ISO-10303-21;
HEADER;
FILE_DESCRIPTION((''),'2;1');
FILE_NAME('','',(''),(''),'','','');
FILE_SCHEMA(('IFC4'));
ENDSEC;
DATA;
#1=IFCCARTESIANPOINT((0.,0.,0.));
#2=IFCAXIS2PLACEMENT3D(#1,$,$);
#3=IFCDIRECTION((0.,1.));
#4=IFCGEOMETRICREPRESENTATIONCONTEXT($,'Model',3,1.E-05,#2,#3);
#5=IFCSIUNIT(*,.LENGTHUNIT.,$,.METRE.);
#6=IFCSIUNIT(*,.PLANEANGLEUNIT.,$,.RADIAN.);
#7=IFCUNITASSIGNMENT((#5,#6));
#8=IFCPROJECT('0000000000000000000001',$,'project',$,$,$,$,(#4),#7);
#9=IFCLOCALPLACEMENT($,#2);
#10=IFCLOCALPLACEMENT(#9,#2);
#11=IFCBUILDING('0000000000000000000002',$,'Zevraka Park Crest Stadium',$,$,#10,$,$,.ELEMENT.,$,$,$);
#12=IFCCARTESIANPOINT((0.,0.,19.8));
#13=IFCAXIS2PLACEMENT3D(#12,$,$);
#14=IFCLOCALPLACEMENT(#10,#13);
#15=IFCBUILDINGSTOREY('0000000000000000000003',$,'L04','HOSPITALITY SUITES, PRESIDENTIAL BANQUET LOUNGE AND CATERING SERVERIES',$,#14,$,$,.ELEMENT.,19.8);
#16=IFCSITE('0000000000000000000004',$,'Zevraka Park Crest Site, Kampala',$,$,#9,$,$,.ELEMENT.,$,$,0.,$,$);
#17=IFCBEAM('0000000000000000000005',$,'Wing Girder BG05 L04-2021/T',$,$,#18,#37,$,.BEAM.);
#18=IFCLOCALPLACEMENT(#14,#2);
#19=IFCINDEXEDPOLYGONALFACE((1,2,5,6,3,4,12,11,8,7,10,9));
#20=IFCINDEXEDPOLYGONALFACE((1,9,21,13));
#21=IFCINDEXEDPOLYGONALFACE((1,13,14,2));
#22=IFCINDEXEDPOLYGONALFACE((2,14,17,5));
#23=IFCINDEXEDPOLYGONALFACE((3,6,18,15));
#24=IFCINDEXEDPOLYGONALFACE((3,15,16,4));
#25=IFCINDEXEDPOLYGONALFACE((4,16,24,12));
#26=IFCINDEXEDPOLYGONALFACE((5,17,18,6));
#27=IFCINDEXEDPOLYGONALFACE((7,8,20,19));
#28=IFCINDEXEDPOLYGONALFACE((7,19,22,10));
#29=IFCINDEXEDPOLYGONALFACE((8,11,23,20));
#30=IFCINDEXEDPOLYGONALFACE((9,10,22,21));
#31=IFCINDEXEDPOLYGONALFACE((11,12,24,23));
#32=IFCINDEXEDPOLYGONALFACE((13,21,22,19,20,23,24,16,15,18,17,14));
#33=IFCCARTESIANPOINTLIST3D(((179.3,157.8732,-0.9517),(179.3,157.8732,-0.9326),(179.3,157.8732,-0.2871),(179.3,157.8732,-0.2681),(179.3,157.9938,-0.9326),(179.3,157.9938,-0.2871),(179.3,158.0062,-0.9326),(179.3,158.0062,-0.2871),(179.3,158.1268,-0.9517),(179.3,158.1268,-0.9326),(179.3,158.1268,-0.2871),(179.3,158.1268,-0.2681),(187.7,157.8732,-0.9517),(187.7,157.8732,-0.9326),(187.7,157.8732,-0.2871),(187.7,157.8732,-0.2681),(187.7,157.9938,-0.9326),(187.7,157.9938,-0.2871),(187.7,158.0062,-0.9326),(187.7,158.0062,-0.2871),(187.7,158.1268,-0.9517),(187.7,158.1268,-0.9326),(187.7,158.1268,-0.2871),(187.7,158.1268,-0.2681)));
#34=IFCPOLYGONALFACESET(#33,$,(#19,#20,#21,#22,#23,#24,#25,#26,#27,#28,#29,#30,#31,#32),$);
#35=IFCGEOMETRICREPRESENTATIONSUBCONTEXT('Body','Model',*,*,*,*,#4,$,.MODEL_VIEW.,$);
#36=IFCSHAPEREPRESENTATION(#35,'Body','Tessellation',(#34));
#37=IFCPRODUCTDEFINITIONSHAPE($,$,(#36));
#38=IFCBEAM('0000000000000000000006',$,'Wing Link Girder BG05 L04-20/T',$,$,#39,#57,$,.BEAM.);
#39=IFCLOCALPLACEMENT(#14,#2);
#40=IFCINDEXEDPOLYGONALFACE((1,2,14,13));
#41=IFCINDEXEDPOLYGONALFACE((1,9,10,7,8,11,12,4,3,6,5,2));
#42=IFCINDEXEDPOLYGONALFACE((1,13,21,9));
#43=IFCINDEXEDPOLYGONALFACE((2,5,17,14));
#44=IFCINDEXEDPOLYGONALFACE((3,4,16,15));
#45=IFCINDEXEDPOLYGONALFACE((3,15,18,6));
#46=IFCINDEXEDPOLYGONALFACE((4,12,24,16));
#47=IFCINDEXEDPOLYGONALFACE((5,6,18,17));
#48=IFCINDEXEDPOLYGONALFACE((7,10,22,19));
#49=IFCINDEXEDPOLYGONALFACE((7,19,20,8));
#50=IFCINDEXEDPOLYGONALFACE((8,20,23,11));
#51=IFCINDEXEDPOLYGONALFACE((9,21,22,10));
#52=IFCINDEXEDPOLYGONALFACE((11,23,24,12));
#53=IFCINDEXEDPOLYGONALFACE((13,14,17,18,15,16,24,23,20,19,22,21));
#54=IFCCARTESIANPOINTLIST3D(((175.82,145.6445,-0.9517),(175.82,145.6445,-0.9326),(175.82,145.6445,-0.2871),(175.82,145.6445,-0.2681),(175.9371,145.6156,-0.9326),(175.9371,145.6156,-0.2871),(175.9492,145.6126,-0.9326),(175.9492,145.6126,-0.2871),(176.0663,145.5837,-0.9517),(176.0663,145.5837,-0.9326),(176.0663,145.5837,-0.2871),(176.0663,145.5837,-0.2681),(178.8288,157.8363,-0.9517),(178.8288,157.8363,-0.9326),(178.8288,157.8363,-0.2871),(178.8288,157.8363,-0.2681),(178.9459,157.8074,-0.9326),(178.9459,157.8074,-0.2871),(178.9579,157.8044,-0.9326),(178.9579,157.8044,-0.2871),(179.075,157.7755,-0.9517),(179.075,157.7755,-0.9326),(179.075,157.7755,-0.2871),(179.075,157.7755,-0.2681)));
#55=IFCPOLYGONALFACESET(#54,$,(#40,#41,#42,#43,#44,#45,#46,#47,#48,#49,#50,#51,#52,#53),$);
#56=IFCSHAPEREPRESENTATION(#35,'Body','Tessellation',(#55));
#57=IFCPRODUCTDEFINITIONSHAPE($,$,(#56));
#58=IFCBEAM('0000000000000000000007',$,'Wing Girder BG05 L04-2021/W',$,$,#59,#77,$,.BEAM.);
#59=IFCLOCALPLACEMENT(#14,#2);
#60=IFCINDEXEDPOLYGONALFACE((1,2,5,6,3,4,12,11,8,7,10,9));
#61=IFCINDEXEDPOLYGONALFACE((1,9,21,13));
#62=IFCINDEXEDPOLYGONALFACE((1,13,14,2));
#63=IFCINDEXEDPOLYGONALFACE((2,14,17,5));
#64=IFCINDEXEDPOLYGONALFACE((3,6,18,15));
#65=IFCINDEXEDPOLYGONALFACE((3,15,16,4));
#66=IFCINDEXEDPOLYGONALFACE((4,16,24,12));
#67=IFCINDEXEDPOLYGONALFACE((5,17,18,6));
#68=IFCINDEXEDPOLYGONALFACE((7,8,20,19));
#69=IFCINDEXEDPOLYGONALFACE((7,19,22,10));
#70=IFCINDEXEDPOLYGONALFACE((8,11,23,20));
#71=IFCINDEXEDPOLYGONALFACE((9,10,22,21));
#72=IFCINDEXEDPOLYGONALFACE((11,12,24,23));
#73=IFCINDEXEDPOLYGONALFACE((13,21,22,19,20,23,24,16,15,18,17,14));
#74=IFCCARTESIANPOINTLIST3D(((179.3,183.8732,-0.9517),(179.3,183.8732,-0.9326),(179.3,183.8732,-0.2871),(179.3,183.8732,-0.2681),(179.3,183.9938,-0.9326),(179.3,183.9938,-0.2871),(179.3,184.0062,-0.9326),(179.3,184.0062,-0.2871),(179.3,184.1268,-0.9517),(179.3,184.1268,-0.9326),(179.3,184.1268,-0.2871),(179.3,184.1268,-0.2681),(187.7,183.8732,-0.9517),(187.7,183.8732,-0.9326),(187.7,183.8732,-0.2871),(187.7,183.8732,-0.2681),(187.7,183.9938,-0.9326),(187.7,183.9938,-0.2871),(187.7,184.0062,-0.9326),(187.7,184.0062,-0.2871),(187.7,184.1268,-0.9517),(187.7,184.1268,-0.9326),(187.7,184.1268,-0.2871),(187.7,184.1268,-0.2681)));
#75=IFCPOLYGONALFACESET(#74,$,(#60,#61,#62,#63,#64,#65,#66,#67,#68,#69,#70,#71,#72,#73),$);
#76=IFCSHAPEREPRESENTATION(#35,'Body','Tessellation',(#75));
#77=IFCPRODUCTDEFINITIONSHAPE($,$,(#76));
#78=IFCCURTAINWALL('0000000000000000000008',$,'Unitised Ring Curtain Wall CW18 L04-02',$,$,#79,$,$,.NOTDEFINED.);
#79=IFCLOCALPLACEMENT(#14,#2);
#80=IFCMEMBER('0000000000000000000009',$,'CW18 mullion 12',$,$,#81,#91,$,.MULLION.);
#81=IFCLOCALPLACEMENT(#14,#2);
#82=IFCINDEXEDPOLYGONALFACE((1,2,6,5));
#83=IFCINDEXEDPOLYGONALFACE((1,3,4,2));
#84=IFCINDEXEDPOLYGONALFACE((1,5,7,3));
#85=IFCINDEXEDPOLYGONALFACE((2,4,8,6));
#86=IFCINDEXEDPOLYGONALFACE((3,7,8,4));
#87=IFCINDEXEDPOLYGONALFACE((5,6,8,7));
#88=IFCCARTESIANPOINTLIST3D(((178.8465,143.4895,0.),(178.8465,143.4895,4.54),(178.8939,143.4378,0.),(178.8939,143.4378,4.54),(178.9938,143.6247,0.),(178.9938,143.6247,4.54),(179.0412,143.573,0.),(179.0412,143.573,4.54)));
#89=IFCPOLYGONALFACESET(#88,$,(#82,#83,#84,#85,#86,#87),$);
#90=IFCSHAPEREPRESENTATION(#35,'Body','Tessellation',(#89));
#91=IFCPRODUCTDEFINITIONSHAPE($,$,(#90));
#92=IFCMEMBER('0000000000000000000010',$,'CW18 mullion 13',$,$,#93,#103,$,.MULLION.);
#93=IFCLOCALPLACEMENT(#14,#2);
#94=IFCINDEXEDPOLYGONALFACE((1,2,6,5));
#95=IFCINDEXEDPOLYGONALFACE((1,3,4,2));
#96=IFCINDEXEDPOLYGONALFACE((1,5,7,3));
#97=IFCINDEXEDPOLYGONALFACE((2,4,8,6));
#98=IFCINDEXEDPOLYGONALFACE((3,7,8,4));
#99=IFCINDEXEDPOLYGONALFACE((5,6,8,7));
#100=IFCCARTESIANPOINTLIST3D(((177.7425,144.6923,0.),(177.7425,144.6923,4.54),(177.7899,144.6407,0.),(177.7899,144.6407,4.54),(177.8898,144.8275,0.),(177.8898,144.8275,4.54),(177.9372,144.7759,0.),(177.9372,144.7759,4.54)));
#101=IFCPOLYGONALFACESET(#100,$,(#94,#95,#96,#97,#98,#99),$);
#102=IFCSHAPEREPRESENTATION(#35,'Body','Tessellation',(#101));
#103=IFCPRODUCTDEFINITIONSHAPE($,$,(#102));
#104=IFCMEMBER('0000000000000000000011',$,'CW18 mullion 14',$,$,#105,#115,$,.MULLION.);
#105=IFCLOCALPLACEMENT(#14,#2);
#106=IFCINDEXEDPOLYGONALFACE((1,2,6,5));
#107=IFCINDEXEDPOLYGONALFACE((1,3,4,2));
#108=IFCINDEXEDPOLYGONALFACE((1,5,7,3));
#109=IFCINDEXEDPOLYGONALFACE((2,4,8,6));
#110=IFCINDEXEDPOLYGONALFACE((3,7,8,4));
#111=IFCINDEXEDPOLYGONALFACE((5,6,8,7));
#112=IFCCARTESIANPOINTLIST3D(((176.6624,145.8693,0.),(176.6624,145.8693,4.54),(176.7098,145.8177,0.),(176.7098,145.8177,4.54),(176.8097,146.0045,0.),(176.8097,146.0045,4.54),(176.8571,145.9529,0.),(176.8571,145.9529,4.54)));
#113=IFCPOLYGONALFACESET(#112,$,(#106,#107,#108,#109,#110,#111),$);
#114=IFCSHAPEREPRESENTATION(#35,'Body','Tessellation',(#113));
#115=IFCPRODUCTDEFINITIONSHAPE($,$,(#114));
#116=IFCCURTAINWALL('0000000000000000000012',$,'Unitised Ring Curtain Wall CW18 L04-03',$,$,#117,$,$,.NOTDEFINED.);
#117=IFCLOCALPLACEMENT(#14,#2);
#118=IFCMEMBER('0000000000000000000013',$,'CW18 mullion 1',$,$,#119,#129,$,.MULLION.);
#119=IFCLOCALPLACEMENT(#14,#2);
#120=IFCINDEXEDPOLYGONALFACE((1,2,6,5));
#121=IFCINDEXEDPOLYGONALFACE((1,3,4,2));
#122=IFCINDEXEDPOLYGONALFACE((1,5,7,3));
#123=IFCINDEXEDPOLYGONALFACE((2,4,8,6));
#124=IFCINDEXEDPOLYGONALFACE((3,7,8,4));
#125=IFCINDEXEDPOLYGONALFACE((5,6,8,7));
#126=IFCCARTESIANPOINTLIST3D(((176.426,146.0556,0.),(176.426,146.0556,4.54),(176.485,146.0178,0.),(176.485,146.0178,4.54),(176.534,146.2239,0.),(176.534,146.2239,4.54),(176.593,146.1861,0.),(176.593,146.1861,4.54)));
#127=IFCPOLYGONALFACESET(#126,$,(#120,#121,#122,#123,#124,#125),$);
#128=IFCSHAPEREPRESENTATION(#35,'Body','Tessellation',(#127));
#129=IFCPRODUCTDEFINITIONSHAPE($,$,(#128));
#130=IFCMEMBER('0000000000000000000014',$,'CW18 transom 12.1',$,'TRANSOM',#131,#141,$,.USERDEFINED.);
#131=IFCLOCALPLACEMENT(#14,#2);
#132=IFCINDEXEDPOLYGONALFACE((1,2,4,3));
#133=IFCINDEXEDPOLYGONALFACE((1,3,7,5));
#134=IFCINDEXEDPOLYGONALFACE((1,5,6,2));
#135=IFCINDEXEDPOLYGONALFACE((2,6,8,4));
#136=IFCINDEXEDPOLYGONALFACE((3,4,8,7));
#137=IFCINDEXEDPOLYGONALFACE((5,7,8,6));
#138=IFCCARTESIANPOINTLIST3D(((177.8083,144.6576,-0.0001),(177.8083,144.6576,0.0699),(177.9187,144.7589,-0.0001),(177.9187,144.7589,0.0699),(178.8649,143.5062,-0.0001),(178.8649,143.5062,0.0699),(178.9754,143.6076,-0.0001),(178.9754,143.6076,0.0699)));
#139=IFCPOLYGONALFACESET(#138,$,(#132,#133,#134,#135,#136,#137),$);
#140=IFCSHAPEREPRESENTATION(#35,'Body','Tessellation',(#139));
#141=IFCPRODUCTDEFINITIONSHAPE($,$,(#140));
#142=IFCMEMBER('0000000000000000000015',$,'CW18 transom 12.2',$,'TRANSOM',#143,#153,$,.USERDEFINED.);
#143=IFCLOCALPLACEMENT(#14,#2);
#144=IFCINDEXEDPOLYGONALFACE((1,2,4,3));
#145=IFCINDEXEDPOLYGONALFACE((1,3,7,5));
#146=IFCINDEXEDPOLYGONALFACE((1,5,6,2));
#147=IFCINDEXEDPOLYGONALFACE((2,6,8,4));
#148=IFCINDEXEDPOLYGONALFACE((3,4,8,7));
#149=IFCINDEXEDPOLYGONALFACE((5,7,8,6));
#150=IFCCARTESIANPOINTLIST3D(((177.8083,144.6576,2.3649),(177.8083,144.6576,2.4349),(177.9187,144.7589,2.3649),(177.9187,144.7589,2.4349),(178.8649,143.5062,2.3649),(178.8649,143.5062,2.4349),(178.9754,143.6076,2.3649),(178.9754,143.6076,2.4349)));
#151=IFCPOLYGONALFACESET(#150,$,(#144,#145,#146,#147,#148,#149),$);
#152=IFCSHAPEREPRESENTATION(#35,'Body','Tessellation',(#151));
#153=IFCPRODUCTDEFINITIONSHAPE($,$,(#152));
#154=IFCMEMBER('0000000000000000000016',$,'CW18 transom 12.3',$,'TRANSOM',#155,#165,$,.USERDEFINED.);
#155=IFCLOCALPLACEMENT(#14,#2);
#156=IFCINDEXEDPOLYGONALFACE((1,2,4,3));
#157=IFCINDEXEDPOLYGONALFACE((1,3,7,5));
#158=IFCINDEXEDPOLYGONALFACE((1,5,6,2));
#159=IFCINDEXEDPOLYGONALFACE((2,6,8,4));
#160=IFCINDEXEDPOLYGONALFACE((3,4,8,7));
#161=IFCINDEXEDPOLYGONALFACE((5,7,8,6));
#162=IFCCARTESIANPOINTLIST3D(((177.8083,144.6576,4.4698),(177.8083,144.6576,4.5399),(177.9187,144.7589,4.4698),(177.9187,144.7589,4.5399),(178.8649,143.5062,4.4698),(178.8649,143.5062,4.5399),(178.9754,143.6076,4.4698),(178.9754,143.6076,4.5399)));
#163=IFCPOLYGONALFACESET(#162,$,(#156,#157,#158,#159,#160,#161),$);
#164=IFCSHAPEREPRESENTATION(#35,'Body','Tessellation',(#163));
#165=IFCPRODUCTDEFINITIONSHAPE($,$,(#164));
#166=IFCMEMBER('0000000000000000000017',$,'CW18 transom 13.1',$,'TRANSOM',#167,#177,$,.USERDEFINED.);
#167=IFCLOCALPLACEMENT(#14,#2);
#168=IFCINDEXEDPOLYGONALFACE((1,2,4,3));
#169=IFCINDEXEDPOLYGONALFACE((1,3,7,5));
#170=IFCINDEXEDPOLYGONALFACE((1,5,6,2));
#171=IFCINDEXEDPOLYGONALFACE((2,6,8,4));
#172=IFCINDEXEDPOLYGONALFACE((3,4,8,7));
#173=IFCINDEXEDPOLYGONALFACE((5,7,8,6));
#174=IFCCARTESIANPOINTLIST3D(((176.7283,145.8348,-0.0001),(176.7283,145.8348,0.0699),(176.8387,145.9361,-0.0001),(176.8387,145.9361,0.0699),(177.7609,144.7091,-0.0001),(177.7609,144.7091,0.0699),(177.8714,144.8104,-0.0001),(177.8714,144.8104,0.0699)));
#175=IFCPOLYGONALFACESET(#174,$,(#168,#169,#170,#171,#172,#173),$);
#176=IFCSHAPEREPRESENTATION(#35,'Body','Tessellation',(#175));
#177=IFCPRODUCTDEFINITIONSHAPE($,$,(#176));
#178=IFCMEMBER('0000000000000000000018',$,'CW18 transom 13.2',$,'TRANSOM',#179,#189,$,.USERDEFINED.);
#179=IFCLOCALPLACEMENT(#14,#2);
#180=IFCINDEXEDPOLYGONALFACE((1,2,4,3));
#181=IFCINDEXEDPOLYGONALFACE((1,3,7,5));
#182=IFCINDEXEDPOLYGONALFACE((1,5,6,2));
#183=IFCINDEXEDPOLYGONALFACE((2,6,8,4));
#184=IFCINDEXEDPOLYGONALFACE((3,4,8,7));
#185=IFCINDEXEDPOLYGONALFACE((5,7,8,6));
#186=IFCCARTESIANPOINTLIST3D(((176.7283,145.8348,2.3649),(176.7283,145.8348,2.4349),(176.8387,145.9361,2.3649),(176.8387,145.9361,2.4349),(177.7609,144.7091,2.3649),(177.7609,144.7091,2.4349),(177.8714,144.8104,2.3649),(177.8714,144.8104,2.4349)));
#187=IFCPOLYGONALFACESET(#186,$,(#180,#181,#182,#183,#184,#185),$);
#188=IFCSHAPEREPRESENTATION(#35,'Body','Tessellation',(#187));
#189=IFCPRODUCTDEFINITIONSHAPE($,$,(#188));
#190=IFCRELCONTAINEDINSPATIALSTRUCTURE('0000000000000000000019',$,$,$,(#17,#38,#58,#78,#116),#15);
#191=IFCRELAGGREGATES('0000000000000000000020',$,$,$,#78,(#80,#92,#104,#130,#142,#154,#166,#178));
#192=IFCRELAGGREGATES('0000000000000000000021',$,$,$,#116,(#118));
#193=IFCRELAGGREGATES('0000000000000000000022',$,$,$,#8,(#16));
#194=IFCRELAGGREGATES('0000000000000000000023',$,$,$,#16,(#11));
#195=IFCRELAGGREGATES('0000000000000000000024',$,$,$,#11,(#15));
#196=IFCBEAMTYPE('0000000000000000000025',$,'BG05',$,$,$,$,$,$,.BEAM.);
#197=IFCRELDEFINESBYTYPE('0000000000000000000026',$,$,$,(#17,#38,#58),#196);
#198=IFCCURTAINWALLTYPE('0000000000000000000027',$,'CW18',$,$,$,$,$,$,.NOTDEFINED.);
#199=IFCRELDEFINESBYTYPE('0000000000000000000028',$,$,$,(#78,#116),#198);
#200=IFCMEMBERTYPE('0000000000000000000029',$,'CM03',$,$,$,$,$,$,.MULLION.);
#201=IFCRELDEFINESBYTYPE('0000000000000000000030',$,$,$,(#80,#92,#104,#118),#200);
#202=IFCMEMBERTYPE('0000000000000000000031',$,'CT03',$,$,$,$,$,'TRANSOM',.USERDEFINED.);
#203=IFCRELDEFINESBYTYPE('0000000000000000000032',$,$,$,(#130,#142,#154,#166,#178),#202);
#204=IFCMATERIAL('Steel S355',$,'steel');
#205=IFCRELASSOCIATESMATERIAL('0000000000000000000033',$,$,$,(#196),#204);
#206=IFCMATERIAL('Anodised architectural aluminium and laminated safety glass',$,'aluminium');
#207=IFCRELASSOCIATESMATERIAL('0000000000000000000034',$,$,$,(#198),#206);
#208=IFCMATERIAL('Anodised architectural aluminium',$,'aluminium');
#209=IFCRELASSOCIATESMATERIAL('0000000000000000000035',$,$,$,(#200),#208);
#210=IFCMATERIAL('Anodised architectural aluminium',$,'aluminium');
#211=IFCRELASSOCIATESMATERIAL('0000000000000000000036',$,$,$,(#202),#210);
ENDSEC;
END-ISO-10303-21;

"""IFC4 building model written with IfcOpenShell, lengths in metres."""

from ifc_helpers import new_model, si_unit, direction, frame, origin, origin_2d, place, context, subcontext, project, spatial, rectangle, i_section, extrude, material, material_profile, profile_set, type_object, element, aggregate, save


model = new_model("IFC4")

# Units and contexts
model_context = context("Model", 3, precision=1e-05, world=origin(), true_north=direction((0.0, 1.0)))
body_context = subcontext(model_context, "Body", "Model", "MODEL_VIEW")
ifc_project = project(units=[si_unit("LENGTHUNIT", "METRE"), si_unit("PLANEANGLEUNIT", "RADIAN")], contexts=[model_context])

# Site, building, storey
site_placement = place(None, origin())
site = spatial("IfcSite", under=ifc_project, at=site_placement, Name="Zevraka Park Crest Site, Kampala", CompositionType="ELEMENT", RefElevation=0.0)
building_placement = place(site_placement, origin())
building = spatial("IfcBuilding", under=site, at=building_placement, Name="Zevraka Park Crest Stadium", CompositionType="ELEMENT")
storey_placement = place(building_placement, frame((0.0, 0.0, 19.8)))
storey = spatial("IfcBuildingStorey", under=building, at=storey_placement, Name="L04", Description="HOSPITALITY SUITES, PRESIDENTIAL BANQUET LOUNGE AND CATERING SERVERIES", CompositionType="ELEMENT", Elevation=19.8)

# Beams
ifc_material_1 = material(Name="Steel S355", Category="steel")
ifc_material_profile_1 = material_profile(ifc_material_1, i_section(OverallWidth=0.2537, OverallDepth=0.6836, WebThickness=0.0125, FlangeThickness=0.019, at=origin_2d()), Name="UKB 686x254x140")
ifc_profile_set_1 = profile_set([ifc_material_profile_1], Name="Steel S355")
beam_type = type_object("IfcBeamType", Name="BG05", PredefinedType="BEAM", material=ifc_profile_set_1)
beam_1_placement = place(storey_placement, frame((179.3, 158.0, -0.6099), z_axis=(1.0, 0.0, 0.0), x_axis=(0.0, 1.0, 0.0)))
element("IfcBeam", 1, at=beam_1_placement, inside=storey, type_object=beam_type, Name="Wing Girder BG05 L04-2021/T", PredefinedType="BEAM", context=body_context, shape_type="SweptSolid", body=[
    extrude(i_section(OverallWidth=0.2537, OverallDepth=0.6836, WebThickness=0.0125, FlangeThickness=0.019, at=origin_2d()), origin(), (0.0, 0.0, 1.0), 8.3999),
])
beam_2_placement = place(storey_placement, frame((178.9519, 157.8059, -0.6099), z_axis=(-0.239598, -0.970872, 0.0), x_axis=(0.970872, -0.239598, 0.0)))
element("IfcBeam", 2, at=beam_2_placement, inside=storey, type_object=beam_type, Name="Wing Link Girder BG05 L04-20/T", PredefinedType="BEAM", context=body_context, shape_type="SweptSolid", body=[
    extrude(i_section(OverallWidth=0.2537, OverallDepth=0.6836, WebThickness=0.0125, FlangeThickness=0.019, at=origin_2d()), origin(), (0.0, 0.0, 1.0), 12.5576),
])
beam_3_placement = place(storey_placement, frame((179.3, 184.0, -0.6099), z_axis=(1.0, 0.0, 0.0), x_axis=(0.0, 1.0, 0.0)))
element("IfcBeam", 3, at=beam_3_placement, inside=storey, type_object=beam_type, Name="Wing Girder BG05 L04-2021/W", PredefinedType="BEAM", context=body_context, shape_type="SweptSolid", body=[
    extrude(i_section(OverallWidth=0.2537, OverallDepth=0.6836, WebThickness=0.0125, FlangeThickness=0.019, at=origin_2d()), origin(), (0.0, 0.0, 1.0), 8.3999),
])

# Curtain wall, members
ifc_material_2 = material(Name="Anodised architectural aluminium and laminated safety glass", Category="aluminium")
curtain_wall_type = type_object("IfcCurtainWallType", Name="CW18", PredefinedType="NOTDEFINED", material=ifc_material_2)
curtain_wall_1_placement = place(storey_placement, origin())
curtain_wall_1 = element("IfcCurtainWall", 4, at=curtain_wall_1_placement, inside=storey, type_object=curtain_wall_type, Name="Unitised Ring Curtain Wall CW18 L04-02", PredefinedType="NOTDEFINED")
ifc_material_3 = material(Name="Anodised architectural aluminium", Category="aluminium")
ifc_material_profile_2 = material_profile(ifc_material_3, rectangle(XDim=0.2, YDim=0.0701, at=origin_2d()), Name="ALU MULLION 200x70")
ifc_profile_set_2 = profile_set([ifc_material_profile_2], Name="Anodised architectural aluminium")
member_type_1 = type_object("IfcMemberType", Name="CM03", PredefinedType="MULLION", material=ifc_profile_set_2)
member_1_placement = place(storey_placement, frame((178.9438, 143.5312, 0.0), z_axis=(0.0, 0.0, 1.0), x_axis=(-0.736775, -0.676138, 0.0)))
member_1 = element("IfcMember", 5, at=member_1_placement, type_object=member_type_1, Name="CW18 mullion 12", PredefinedType="MULLION", context=body_context, shape_type="SweptSolid", body=[
    extrude(rectangle(XDim=0.2, YDim=0.0701, at=origin_2d()), origin(), (0.0, 0.0, 1.0), 4.54),
])
member_2_placement = place(storey_placement, frame((177.8398, 144.7341, 0.0), z_axis=(0.0, 0.0, 1.0), x_axis=(-0.736775, -0.676138, 0.0)))
member_2 = element("IfcMember", 6, at=member_2_placement, type_object=member_type_1, Name="CW18 mullion 13", PredefinedType="MULLION", context=body_context, shape_type="SweptSolid", body=[
    extrude(rectangle(XDim=0.2, YDim=0.0701, at=origin_2d()), origin(), (0.0, 0.0, 1.0), 4.54),
])
member_3_placement = place(storey_placement, frame((176.7598, 145.9111, 0.0), z_axis=(0.0, 0.0, 1.0), x_axis=(-0.736775, -0.676138, 0.0)))
member_3 = element("IfcMember", 7, at=member_3_placement, type_object=member_type_1, Name="CW18 mullion 14", PredefinedType="MULLION", context=body_context, shape_type="SweptSolid", body=[
    extrude(rectangle(XDim=0.2, YDim=0.0701, at=origin_2d()), origin(), (0.0, 0.0, 1.0), 4.54),
])

# Curtain wall, member
curtain_wall_2_placement = place(storey_placement, origin())
curtain_wall_2 = element("IfcCurtainWall", 8, at=curtain_wall_2_placement, inside=storey, type_object=curtain_wall_type, Name="Unitised Ring Curtain Wall CW18 L04-03", PredefinedType="NOTDEFINED")
member_4_placement = place(storey_placement, frame((176.5095, 146.1208, 0.0), z_axis=(0.0, 0.0, 1.0), x_axis=(-0.53998, -0.841678, 0.0)))
member_4 = element("IfcMember", 9, at=member_4_placement, type_object=member_type_1, Name="CW18 mullion 1", PredefinedType="MULLION", context=body_context, shape_type="SweptSolid", body=[
    extrude(rectangle(XDim=0.2, YDim=0.0701, at=origin_2d()), origin(), (0.0, 0.0, 1.0), 4.54),
])

# Members
ifc_material_4 = material(Name="Anodised architectural aluminium", Category="aluminium")
ifc_material_profile_3 = material_profile(ifc_material_4, rectangle(XDim=0.1499, YDim=0.0701, at=origin_2d()), Name="ALU TRANSOM 150x70")
ifc_profile_set_3 = profile_set([ifc_material_profile_3], Name="Anodised architectural aluminium")
member_type_2 = type_object("IfcMemberType", Name="CT03", ElementType="TRANSOM", PredefinedType="USERDEFINED", material=ifc_profile_set_3)
member_5_placement = place(storey_placement, frame((178.9202, 143.5569, 0.0349), z_axis=(-0.676149, 0.736765, 0.0), x_axis=(-0.736765, -0.676149, 0.0)))
member_5 = element("IfcMember", 10, at=member_5_placement, type_object=member_type_2, Name="CW18 transom 12.1", ObjectType="TRANSOM", PredefinedType="USERDEFINED", context=body_context, shape_type="SweptSolid", body=[
    extrude(rectangle(XDim=0.1499, YDim=0.0701, at=origin_2d()), origin(), (0.0, 0.0, 1.0), 1.5627),
])
member_6_placement = place(storey_placement, frame((178.9202, 143.5569, 2.3999), z_axis=(-0.676149, 0.736765, 0.0), x_axis=(-0.736765, -0.676149, 0.0)))
member_6 = element("IfcMember", 11, at=member_6_placement, type_object=member_type_2, Name="CW18 transom 12.2", ObjectType="TRANSOM", PredefinedType="USERDEFINED", context=body_context, shape_type="SweptSolid", body=[
    extrude(rectangle(XDim=0.1499, YDim=0.0701, at=origin_2d()), origin(), (0.0, 0.0, 1.0), 1.5627),
])
member_7_placement = place(storey_placement, frame((178.9202, 143.5569, 4.5049), z_axis=(-0.676149, 0.736765, 0.0), x_axis=(-0.736765, -0.676149, 0.0)))
member_7 = element("IfcMember", 12, at=member_7_placement, type_object=member_type_2, Name="CW18 transom 12.3", ObjectType="TRANSOM", PredefinedType="USERDEFINED", context=body_context, shape_type="SweptSolid", body=[
    extrude(rectangle(XDim=0.1499, YDim=0.0701, at=origin_2d()), origin(), (0.0, 0.0, 1.0), 1.5627),
])
member_8_placement = place(storey_placement, frame((177.8162, 144.7598, 0.0349), z_axis=(-0.676007, 0.736895, 0.0), x_axis=(-0.736895, -0.676007, 0.0)))
member_8 = element("IfcMember", 13, at=member_8_placement, type_object=member_type_2, Name="CW18 transom 13.1", ObjectType="TRANSOM", PredefinedType="USERDEFINED", context=body_context, shape_type="SweptSolid", body=[
    extrude(rectangle(XDim=0.1499, YDim=0.0701, at=origin_2d()), origin(), (0.0, 0.0, 1.0), 1.5276),
])
member_9_placement = place(storey_placement, frame((177.8162, 144.7598, 2.3999), z_axis=(-0.676007, 0.736895, 0.0), x_axis=(-0.736895, -0.676007, 0.0)))
member_9 = element("IfcMember", 14, at=member_9_placement, type_object=member_type_2, Name="CW18 transom 13.2", ObjectType="TRANSOM", PredefinedType="USERDEFINED", context=body_context, shape_type="SweptSolid", body=[
    extrude(rectangle(XDim=0.1499, YDim=0.0701, at=origin_2d()), origin(), (0.0, 0.0, 1.0), 1.5276),
])

aggregate(curtain_wall_1, [member_1, member_2, member_3, member_5, member_6, member_7, member_8, member_9])
aggregate(curtain_wall_2, [member_4])

save(model, "model.ifc")
